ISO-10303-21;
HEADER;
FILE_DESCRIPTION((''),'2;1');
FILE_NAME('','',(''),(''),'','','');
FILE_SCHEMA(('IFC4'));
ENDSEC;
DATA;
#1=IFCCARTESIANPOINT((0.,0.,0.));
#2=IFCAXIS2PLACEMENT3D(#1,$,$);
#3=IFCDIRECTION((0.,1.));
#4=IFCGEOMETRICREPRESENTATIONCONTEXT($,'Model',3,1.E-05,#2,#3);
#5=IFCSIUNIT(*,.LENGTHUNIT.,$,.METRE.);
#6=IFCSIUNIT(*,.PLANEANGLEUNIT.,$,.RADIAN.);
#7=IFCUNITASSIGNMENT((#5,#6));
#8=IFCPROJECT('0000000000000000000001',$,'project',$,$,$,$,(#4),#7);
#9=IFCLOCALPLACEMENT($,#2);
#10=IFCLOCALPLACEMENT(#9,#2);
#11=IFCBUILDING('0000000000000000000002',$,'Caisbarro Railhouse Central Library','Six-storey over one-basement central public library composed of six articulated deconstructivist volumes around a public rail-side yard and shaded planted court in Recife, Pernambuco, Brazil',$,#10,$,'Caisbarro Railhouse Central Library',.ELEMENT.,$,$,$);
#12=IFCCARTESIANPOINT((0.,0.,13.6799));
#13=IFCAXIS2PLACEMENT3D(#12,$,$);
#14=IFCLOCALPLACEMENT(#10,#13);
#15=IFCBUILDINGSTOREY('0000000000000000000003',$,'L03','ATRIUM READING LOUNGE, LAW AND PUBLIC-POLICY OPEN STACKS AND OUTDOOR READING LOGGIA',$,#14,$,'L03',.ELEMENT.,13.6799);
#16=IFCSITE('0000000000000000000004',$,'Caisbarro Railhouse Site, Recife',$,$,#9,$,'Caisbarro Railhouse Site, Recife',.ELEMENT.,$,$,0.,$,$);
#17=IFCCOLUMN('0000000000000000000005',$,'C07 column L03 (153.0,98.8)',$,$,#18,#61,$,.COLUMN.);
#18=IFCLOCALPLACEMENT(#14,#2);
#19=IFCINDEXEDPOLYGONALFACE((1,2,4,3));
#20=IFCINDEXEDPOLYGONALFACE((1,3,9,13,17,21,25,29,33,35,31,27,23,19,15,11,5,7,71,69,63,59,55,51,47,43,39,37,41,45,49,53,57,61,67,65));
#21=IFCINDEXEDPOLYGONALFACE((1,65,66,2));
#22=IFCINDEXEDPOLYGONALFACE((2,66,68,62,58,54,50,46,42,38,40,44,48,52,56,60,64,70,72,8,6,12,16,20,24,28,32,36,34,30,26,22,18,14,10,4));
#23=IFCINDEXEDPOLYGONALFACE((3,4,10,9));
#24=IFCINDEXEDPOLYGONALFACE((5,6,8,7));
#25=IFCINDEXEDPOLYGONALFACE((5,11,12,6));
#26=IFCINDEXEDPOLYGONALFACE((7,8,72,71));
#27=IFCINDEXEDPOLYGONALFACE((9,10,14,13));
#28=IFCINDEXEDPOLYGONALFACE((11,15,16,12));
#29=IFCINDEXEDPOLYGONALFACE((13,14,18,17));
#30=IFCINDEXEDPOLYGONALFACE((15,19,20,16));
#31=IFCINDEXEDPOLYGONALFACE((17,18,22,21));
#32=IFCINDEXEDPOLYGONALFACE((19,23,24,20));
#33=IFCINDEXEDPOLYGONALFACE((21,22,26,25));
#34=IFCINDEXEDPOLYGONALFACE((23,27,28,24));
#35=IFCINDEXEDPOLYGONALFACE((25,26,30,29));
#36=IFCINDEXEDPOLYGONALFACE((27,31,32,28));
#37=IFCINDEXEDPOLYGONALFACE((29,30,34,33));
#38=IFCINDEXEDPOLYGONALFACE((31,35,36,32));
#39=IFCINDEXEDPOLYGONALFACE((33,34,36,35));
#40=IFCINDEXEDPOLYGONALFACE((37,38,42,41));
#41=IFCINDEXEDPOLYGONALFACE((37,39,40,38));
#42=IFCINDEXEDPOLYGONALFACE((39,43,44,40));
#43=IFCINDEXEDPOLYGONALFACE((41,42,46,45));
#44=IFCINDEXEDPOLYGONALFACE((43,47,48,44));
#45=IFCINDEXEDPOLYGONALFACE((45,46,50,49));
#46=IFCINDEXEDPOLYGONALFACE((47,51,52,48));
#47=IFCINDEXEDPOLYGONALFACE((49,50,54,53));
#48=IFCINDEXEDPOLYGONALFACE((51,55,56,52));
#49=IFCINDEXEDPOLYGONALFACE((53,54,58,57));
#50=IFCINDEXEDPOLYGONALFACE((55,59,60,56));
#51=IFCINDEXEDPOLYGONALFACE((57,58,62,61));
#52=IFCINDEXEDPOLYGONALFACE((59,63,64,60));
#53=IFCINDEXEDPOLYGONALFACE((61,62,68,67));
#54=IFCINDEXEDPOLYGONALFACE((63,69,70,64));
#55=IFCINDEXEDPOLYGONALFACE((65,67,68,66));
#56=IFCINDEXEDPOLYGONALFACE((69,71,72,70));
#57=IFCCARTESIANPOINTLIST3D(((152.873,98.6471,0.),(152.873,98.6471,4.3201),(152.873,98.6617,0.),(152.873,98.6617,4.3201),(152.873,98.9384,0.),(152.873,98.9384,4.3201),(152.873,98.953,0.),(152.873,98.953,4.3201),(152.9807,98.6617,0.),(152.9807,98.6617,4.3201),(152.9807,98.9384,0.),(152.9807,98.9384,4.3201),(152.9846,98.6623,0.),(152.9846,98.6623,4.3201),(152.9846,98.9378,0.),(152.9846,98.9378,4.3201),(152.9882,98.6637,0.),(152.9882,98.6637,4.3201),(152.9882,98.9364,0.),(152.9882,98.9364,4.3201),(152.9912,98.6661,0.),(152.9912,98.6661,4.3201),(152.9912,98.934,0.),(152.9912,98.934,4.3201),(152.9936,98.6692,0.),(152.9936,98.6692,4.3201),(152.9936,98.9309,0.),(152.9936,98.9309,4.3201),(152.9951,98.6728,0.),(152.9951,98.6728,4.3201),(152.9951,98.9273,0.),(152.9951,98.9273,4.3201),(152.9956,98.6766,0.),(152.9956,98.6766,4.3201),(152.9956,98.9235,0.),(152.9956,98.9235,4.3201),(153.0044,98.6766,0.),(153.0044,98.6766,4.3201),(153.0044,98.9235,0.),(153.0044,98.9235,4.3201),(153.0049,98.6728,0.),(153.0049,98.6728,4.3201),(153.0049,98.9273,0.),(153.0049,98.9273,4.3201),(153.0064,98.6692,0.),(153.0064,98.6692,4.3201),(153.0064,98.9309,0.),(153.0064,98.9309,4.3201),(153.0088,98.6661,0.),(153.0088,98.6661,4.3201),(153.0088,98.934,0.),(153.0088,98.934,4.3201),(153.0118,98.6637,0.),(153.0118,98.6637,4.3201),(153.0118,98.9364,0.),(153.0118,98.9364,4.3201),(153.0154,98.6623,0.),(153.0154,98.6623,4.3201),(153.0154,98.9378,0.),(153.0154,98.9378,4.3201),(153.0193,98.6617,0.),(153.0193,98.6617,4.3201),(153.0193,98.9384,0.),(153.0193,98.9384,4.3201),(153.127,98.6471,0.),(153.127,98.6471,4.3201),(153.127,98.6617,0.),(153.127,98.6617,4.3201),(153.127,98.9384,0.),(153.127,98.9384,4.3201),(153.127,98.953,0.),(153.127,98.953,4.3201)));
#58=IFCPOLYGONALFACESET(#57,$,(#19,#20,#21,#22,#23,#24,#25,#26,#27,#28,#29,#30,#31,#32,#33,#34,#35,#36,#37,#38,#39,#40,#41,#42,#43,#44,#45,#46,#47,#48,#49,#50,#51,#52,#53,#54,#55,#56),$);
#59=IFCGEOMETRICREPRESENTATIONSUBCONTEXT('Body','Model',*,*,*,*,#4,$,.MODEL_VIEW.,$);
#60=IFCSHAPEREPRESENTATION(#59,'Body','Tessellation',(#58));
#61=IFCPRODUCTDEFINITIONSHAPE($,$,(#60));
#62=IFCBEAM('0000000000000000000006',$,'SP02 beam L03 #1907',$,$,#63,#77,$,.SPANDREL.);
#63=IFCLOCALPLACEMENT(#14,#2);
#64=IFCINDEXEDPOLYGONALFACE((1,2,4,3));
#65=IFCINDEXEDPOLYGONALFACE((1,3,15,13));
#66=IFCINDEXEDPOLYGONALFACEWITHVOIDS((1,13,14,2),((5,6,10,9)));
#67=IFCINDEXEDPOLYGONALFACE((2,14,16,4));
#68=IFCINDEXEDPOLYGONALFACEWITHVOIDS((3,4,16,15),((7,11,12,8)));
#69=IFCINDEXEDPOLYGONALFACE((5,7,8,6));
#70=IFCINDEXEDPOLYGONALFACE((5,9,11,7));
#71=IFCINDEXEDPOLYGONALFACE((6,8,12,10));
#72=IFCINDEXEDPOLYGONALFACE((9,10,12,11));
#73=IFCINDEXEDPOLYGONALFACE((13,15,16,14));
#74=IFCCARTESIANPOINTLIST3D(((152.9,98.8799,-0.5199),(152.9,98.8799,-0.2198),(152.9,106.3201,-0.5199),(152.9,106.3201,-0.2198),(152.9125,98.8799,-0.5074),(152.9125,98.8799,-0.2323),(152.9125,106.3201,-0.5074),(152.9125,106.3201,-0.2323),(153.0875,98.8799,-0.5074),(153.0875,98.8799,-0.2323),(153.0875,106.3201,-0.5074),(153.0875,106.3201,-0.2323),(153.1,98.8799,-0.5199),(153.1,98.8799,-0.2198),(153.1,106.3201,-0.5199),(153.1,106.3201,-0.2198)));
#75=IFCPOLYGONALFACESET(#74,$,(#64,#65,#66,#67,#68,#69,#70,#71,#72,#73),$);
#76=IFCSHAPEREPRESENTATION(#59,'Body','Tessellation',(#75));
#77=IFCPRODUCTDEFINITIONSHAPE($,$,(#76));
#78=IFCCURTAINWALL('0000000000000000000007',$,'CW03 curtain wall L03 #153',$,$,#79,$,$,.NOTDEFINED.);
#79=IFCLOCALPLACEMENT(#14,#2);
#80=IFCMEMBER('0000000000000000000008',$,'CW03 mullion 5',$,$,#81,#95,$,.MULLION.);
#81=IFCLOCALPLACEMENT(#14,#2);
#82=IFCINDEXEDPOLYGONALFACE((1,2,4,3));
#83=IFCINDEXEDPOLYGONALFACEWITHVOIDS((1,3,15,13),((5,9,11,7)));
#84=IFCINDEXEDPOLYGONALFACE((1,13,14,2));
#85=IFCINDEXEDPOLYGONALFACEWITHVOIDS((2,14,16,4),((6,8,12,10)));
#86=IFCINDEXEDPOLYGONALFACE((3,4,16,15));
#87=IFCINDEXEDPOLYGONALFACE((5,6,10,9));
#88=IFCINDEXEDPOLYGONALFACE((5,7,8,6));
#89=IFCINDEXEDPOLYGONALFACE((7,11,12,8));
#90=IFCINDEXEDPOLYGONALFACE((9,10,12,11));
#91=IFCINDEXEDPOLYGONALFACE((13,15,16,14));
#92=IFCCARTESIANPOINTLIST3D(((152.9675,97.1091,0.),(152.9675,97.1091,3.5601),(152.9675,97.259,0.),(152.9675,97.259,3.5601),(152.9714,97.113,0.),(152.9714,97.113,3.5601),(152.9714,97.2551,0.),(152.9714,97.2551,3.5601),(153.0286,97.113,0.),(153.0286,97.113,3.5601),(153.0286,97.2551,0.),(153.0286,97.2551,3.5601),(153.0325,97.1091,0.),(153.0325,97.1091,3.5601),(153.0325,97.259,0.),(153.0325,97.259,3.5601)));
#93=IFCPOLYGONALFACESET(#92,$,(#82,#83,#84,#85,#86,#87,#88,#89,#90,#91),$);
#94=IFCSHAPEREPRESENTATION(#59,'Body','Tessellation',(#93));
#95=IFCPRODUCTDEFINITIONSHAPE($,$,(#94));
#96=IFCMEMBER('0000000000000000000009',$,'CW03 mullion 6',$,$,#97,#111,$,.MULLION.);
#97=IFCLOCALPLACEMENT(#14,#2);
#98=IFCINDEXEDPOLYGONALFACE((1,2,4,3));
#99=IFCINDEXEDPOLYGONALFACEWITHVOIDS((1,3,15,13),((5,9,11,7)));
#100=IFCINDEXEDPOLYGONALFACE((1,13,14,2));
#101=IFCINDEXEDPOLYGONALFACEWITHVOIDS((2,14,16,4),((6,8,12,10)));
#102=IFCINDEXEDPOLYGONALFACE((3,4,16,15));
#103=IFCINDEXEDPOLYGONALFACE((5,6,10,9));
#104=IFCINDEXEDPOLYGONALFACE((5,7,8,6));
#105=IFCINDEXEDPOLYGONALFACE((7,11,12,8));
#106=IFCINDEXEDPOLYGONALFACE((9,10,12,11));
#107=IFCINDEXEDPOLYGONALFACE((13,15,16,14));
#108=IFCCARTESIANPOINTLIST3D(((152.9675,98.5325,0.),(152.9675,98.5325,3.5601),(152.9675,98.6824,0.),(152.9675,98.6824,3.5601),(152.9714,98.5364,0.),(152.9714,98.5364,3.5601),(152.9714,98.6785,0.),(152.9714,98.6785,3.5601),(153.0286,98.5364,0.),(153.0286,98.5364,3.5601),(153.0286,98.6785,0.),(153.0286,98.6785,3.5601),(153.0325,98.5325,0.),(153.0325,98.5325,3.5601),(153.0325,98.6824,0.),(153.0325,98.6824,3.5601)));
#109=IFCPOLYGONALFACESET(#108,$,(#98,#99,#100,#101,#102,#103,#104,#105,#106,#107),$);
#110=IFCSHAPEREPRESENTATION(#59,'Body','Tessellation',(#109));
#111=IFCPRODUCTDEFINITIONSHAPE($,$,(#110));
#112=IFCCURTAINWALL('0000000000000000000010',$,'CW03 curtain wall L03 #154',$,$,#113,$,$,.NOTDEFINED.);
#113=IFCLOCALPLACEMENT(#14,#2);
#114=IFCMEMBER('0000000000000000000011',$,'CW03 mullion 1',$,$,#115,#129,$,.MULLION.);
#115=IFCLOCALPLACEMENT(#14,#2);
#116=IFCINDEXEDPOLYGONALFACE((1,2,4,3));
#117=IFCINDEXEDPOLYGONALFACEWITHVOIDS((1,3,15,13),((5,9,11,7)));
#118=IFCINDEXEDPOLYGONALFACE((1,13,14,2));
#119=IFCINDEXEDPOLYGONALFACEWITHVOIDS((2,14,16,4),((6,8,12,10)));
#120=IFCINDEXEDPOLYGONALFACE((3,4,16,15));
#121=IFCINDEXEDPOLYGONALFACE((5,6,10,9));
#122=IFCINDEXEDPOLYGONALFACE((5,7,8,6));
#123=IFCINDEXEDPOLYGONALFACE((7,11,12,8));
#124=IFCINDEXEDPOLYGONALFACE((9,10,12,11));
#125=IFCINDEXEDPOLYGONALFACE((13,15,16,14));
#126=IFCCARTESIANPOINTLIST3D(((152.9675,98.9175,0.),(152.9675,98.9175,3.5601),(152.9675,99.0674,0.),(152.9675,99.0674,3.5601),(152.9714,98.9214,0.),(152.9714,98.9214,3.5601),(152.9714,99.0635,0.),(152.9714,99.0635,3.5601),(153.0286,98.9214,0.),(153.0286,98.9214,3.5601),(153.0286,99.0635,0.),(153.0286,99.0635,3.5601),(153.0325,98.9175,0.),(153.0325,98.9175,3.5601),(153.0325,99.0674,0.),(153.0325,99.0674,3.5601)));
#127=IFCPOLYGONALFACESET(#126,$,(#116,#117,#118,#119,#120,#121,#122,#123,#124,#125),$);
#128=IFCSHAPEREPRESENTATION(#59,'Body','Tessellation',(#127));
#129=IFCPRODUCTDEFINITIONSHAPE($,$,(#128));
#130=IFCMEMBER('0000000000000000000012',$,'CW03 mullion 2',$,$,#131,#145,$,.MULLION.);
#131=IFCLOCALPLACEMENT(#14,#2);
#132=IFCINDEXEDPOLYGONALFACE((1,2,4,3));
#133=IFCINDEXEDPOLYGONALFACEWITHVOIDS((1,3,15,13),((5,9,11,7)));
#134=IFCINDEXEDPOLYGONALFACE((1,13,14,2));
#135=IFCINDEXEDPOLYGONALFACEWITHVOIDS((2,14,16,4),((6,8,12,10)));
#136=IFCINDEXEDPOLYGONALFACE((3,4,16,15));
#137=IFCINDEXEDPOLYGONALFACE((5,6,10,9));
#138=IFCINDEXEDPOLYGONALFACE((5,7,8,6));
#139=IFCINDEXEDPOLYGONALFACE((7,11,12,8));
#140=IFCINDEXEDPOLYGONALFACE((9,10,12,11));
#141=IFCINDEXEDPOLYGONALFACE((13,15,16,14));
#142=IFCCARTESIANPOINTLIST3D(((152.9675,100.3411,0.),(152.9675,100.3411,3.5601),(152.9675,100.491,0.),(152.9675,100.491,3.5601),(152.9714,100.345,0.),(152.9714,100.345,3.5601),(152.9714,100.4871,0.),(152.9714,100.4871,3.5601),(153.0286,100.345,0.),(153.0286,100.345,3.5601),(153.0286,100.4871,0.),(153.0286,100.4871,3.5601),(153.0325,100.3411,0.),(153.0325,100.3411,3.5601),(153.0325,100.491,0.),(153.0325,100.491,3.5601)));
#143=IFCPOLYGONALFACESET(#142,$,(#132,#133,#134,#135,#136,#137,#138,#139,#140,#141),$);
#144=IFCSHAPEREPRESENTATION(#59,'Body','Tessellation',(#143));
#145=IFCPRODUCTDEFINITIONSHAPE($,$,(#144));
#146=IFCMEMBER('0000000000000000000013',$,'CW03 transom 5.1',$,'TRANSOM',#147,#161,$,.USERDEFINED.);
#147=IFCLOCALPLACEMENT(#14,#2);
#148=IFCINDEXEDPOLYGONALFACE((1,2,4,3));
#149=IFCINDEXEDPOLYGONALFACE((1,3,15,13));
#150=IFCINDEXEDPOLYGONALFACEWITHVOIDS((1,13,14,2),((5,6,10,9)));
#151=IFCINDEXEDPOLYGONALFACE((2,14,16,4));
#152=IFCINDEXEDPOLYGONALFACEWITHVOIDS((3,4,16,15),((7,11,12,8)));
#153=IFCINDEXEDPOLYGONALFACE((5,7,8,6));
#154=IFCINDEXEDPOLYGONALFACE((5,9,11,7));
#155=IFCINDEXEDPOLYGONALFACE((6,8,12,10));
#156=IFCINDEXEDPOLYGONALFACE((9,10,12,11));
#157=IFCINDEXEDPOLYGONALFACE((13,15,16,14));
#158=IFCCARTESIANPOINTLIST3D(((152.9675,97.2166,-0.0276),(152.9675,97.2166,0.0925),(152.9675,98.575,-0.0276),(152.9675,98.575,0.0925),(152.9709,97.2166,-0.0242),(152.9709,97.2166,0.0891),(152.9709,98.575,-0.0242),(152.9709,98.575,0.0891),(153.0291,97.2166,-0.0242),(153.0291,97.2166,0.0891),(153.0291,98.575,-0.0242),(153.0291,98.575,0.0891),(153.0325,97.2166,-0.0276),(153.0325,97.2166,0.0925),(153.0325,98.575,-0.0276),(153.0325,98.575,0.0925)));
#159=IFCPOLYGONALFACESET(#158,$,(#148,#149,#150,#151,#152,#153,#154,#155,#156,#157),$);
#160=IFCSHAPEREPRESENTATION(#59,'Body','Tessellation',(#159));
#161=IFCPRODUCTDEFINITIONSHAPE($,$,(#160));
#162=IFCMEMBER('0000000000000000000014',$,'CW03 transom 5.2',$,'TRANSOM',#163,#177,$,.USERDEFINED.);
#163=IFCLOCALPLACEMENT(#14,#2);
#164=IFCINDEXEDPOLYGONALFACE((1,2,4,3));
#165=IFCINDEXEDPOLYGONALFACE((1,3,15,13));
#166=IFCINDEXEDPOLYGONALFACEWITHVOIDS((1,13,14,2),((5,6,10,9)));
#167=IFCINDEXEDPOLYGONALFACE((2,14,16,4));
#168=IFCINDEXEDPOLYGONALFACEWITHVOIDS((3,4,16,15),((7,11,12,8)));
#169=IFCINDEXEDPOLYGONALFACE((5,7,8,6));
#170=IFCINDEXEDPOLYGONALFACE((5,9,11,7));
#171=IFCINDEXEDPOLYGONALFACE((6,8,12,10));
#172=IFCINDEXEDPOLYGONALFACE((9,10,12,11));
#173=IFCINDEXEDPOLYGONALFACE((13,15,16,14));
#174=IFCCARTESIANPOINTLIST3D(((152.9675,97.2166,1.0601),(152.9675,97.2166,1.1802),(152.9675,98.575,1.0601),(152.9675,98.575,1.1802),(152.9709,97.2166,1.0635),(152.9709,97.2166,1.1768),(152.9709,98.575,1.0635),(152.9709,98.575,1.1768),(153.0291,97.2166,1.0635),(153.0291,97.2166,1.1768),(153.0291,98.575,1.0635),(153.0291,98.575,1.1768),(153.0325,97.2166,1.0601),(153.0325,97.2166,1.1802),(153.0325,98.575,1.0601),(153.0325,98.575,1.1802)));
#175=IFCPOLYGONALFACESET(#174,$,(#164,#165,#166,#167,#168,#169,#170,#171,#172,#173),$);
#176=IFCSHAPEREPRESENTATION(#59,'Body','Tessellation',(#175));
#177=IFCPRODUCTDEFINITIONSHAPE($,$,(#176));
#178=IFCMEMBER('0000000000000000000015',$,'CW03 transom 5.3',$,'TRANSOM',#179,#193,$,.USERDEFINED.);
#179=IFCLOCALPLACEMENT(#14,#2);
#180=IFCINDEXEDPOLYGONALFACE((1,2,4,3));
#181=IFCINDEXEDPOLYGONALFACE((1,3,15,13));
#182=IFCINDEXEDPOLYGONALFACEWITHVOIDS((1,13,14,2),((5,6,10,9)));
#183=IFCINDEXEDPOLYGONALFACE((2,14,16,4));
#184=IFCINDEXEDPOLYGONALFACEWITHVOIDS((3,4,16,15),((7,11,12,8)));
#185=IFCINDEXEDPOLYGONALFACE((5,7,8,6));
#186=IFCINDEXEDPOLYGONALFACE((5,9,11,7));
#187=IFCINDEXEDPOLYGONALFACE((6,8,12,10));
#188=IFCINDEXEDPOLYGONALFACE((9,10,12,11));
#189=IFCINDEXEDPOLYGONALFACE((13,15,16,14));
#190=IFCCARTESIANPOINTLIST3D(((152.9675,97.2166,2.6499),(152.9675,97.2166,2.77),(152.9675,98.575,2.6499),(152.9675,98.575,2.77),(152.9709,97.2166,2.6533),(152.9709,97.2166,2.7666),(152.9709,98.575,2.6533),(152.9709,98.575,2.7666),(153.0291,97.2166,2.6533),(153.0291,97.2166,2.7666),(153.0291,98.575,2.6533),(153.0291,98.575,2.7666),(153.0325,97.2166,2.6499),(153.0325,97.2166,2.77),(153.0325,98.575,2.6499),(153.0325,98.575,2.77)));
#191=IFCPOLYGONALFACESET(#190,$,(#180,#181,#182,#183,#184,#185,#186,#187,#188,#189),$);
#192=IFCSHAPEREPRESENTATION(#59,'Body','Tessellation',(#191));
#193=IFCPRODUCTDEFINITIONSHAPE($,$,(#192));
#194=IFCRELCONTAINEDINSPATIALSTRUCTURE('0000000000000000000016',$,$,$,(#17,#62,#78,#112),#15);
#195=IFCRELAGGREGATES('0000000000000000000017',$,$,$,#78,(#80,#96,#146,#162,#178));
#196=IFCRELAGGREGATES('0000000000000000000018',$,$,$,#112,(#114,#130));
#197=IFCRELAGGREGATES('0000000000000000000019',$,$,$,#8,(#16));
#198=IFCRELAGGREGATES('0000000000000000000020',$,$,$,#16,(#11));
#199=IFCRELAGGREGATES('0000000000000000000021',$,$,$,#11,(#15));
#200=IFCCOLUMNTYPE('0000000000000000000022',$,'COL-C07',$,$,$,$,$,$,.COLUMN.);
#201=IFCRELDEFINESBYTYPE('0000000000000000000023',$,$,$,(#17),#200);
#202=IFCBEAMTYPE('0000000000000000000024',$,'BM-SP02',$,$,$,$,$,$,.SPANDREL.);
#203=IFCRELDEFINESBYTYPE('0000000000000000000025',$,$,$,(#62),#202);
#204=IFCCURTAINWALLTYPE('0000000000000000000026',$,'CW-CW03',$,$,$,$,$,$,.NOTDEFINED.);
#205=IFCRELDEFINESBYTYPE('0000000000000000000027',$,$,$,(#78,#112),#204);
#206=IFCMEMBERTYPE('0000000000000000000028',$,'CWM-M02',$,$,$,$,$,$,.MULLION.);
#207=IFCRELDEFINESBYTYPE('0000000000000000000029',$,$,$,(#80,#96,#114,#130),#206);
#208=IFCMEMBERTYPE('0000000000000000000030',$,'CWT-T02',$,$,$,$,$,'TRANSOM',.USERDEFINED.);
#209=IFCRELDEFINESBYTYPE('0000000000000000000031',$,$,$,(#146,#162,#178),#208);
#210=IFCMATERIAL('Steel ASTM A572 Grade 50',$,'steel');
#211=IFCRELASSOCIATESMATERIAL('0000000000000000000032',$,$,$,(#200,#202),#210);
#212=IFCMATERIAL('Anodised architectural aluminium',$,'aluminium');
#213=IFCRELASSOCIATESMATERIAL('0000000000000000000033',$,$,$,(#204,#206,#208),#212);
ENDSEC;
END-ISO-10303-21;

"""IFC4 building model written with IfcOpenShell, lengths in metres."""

from ifc_helpers import new_model, si_unit, direction, frame, origin, origin_2d, place, context, subcontext, project, spatial, hollow_rectangle, i_section, extrude, material, material_profile, profile_set, type_object, element, aggregate, save


model = new_model("IFC4")

# Units and contexts
model_context = context("Model", 3, precision=1e-05, world=origin(), true_north=direction((0.0, 1.0)))
body_context = subcontext(model_context, "Body", "Model", "MODEL_VIEW")
ifc_project = project(units=[si_unit("LENGTHUNIT", "METRE"), si_unit("PLANEANGLEUNIT", "RADIAN")], contexts=[model_context])

# Site, building, storey
site_placement = place(None, origin())
site = spatial("IfcSite", under=ifc_project, at=site_placement, Name="Caisbarro Railhouse Site, Recife", LongName="Caisbarro Railhouse Site, Recife", CompositionType="ELEMENT", RefElevation=0.0)
building_placement = place(site_placement, origin())
building = spatial("IfcBuilding", under=site, at=building_placement, Name="Caisbarro Railhouse Central Library", Description="Six-storey over one-basement central public library composed of six articulated deconstructivist volumes around a public rail-side yard and shaded planted court in Recife, Pernambuco, Brazil", LongName="Caisbarro Railhouse Central Library", CompositionType="ELEMENT")
storey_placement = place(building_placement, frame((0.0, 0.0, 13.6799)))
storey = spatial("IfcBuildingStorey", under=building, at=storey_placement, Name="L03", Description="ATRIUM READING LOUNGE, LAW AND PUBLIC-POLICY OPEN STACKS AND OUTDOOR READING LOGGIA", LongName="L03", CompositionType="ELEMENT", Elevation=13.6799)

# Column
ifc_material_1 = material(Name="Steel ASTM A572 Grade 50", Category="steel")
ifc_material_profile_1 = material_profile(ifc_material_1, i_section(OverallWidth=0.2539, OverallDepth=0.3059, WebThickness=0.0088, FlangeThickness=0.0146, FilletRadius=0.0149, at=origin_2d()), Name="W310X79.0")
ifc_profile_set_1 = profile_set([ifc_material_profile_1], Name="Steel ASTM A572 Grade 50")
column_type = type_object("IfcColumnType", Name="COL-C07", PredefinedType="COLUMN", material=ifc_profile_set_1)
column_placement = place(storey_placement, frame((153.0, 98.8, 0.0), z_axis=(0.0, 0.0, 1.0), x_axis=(1.0, 0.0, 0.0)))
element("IfcColumn", 1, at=column_placement, inside=storey, type_object=column_type, Name="C07 column L03 (153.0,98.8)", PredefinedType="COLUMN", context=body_context, shape_type="SweptSolid", body=[
    extrude(i_section(OverallWidth=0.2539, OverallDepth=0.3059, WebThickness=0.0088, FlangeThickness=0.0146, FilletRadius=0.0149, at=origin_2d()), origin(), (0.0, 0.0, 1.0), 4.3201),
])

# Beam
ifc_material_profile_2 = material_profile(ifc_material_1, hollow_rectangle(XDim=0.2, YDim=0.3, WallThickness=0.0125, at=origin_2d()), Name="HSS300X200X12.5")
ifc_profile_set_2 = profile_set([ifc_material_profile_2], Name="Steel ASTM A572 Grade 50")
beam_type = type_object("IfcBeamType", Name="BM-SP02", PredefinedType="SPANDREL", material=ifc_profile_set_2)
beam_placement = place(storey_placement, frame((153.0, 98.8799, -0.3699), z_axis=(0.0, 1.0, 0.0), x_axis=(-1.0, 0.0, 0.0)))
element("IfcBeam", 2, at=beam_placement, inside=storey, type_object=beam_type, Name="SP02 beam L03 #1907", PredefinedType="SPANDREL", context=body_context, shape_type="SweptSolid", body=[
    extrude(hollow_rectangle(XDim=0.2, YDim=0.3, WallThickness=0.0125, at=origin_2d()), origin(), (0.0, 0.0, 1.0), 7.4402),
])

# Curtain walls, members
ifc_material_2 = material(Name="Anodised architectural aluminium", Category="aluminium")
curtain_wall_type = type_object("IfcCurtainWallType", Name="CW-CW03", PredefinedType="NOTDEFINED", material=ifc_material_2)
curtain_wall_1_placement = place(storey_placement, origin())
curtain_wall_1 = element("IfcCurtainWall", 3, at=curtain_wall_1_placement, inside=storey, type_object=curtain_wall_type, Name="CW03 curtain wall L03 #153", PredefinedType="NOTDEFINED")
ifc_material_profile_3 = material_profile(ifc_material_2, hollow_rectangle(XDim=0.0649, YDim=0.1499, WallThickness=0.0039, at=origin_2d()), Name="ALU-MUL-65X150")
ifc_profile_set_3 = profile_set([ifc_material_profile_3], Name="Anodised architectural aluminium")
member_type_1 = type_object("IfcMemberType", Name="CWM-M02", PredefinedType="MULLION", material=ifc_profile_set_3)
member_1_placement = place(storey_placement, frame((153.0, 97.1841, 0.0), z_axis=(0.0, 0.0, 1.0), x_axis=(-1.0, 0.0, 0.0)))
member_1 = element("IfcMember", 4, at=member_1_placement, type_object=member_type_1, Name="CW03 mullion 5", PredefinedType="MULLION", context=body_context, shape_type="SweptSolid", body=[
    extrude(hollow_rectangle(XDim=0.0649, YDim=0.1499, WallThickness=0.0039, at=origin_2d()), origin(), (0.0, 0.0, 1.0), 3.5601),
])
member_2_placement = place(storey_placement, frame((153.0, 98.6074, 0.0), z_axis=(0.0, 0.0, 1.0), x_axis=(-1.0, 0.0, 0.0)))
member_2 = element("IfcMember", 5, at=member_2_placement, type_object=member_type_1, Name="CW03 mullion 6", PredefinedType="MULLION", context=body_context, shape_type="SweptSolid", body=[
    extrude(hollow_rectangle(XDim=0.0649, YDim=0.1499, WallThickness=0.0039, at=origin_2d()), origin(), (0.0, 0.0, 1.0), 3.5601),
])
curtain_wall_2_placement = place(storey_placement, origin())
curtain_wall_2 = element("IfcCurtainWall", 6, at=curtain_wall_2_placement, inside=storey, type_object=curtain_wall_type, Name="CW03 curtain wall L03 #154", PredefinedType="NOTDEFINED")
member_3_placement = place(storey_placement, frame((153.0, 98.9924, 0.0), z_axis=(0.0, 0.0, 1.0), x_axis=(-1.0, 0.0, 0.0)))
member_3 = element("IfcMember", 7, at=member_3_placement, type_object=member_type_1, Name="CW03 mullion 1", PredefinedType="MULLION", context=body_context, shape_type="SweptSolid", body=[
    extrude(hollow_rectangle(XDim=0.0649, YDim=0.1499, WallThickness=0.0039, at=origin_2d()), origin(), (0.0, 0.0, 1.0), 3.5601),
])
member_4_placement = place(storey_placement, frame((153.0, 100.416, 0.0), z_axis=(0.0, 0.0, 1.0), x_axis=(-1.0, 0.0, 0.0)))
member_4 = element("IfcMember", 8, at=member_4_placement, type_object=member_type_1, Name="CW03 mullion 2", PredefinedType="MULLION", context=body_context, shape_type="SweptSolid", body=[
    extrude(hollow_rectangle(XDim=0.0649, YDim=0.1499, WallThickness=0.0039, at=origin_2d()), origin(), (0.0, 0.0, 1.0), 3.5601),
])

# Members
ifc_material_profile_4 = material_profile(ifc_material_2, hollow_rectangle(XDim=0.0649, YDim=0.1201, WallThickness=0.0034, at=origin_2d()), Name="ALU-TRN-65X120")
ifc_profile_set_4 = profile_set([ifc_material_profile_4], Name="Anodised architectural aluminium")
member_type_2 = type_object("IfcMemberType", Name="CWT-T02", ElementType="TRANSOM", PredefinedType="USERDEFINED", material=ifc_profile_set_4)
member_5_placement = place(storey_placement, frame((153.0, 97.2166, 0.0325), z_axis=(0.0, 1.0, 0.0), x_axis=(-1.0, 0.0, 0.0)))
member_5 = element("IfcMember", 9, at=member_5_placement, type_object=member_type_2, Name="CW03 transom 5.1", ObjectType="TRANSOM", PredefinedType="USERDEFINED", context=body_context, shape_type="SweptSolid", body=[
    extrude(hollow_rectangle(XDim=0.0649, YDim=0.1201, WallThickness=0.0034, at=origin_2d()), origin(), (0.0, 0.0, 1.0), 1.3584),
])
member_6_placement = place(storey_placement, frame((153.0, 97.2166, 1.1201), z_axis=(0.0, 1.0, 0.0), x_axis=(-1.0, 0.0, 0.0)))
member_6 = element("IfcMember", 10, at=member_6_placement, type_object=member_type_2, Name="CW03 transom 5.2", ObjectType="TRANSOM", PredefinedType="USERDEFINED", context=body_context, shape_type="SweptSolid", body=[
    extrude(hollow_rectangle(XDim=0.0649, YDim=0.1201, WallThickness=0.0034, at=origin_2d()), origin(), (0.0, 0.0, 1.0), 1.3584),
])
member_7_placement = place(storey_placement, frame((153.0, 97.2166, 2.71), z_axis=(0.0, 1.0, 0.0), x_axis=(-1.0, 0.0, 0.0)))
member_7 = element("IfcMember", 11, at=member_7_placement, type_object=member_type_2, Name="CW03 transom 5.3", ObjectType="TRANSOM", PredefinedType="USERDEFINED", context=body_context, shape_type="SweptSolid", body=[
    extrude(hollow_rectangle(XDim=0.0649, YDim=0.1201, WallThickness=0.0034, at=origin_2d()), origin(), (0.0, 0.0, 1.0), 1.3584),
])

aggregate(curtain_wall_1, [member_1, member_2, member_5, member_6, member_7])
aggregate(curtain_wall_2, [member_3, member_4])

save(model, "model.ifc")
